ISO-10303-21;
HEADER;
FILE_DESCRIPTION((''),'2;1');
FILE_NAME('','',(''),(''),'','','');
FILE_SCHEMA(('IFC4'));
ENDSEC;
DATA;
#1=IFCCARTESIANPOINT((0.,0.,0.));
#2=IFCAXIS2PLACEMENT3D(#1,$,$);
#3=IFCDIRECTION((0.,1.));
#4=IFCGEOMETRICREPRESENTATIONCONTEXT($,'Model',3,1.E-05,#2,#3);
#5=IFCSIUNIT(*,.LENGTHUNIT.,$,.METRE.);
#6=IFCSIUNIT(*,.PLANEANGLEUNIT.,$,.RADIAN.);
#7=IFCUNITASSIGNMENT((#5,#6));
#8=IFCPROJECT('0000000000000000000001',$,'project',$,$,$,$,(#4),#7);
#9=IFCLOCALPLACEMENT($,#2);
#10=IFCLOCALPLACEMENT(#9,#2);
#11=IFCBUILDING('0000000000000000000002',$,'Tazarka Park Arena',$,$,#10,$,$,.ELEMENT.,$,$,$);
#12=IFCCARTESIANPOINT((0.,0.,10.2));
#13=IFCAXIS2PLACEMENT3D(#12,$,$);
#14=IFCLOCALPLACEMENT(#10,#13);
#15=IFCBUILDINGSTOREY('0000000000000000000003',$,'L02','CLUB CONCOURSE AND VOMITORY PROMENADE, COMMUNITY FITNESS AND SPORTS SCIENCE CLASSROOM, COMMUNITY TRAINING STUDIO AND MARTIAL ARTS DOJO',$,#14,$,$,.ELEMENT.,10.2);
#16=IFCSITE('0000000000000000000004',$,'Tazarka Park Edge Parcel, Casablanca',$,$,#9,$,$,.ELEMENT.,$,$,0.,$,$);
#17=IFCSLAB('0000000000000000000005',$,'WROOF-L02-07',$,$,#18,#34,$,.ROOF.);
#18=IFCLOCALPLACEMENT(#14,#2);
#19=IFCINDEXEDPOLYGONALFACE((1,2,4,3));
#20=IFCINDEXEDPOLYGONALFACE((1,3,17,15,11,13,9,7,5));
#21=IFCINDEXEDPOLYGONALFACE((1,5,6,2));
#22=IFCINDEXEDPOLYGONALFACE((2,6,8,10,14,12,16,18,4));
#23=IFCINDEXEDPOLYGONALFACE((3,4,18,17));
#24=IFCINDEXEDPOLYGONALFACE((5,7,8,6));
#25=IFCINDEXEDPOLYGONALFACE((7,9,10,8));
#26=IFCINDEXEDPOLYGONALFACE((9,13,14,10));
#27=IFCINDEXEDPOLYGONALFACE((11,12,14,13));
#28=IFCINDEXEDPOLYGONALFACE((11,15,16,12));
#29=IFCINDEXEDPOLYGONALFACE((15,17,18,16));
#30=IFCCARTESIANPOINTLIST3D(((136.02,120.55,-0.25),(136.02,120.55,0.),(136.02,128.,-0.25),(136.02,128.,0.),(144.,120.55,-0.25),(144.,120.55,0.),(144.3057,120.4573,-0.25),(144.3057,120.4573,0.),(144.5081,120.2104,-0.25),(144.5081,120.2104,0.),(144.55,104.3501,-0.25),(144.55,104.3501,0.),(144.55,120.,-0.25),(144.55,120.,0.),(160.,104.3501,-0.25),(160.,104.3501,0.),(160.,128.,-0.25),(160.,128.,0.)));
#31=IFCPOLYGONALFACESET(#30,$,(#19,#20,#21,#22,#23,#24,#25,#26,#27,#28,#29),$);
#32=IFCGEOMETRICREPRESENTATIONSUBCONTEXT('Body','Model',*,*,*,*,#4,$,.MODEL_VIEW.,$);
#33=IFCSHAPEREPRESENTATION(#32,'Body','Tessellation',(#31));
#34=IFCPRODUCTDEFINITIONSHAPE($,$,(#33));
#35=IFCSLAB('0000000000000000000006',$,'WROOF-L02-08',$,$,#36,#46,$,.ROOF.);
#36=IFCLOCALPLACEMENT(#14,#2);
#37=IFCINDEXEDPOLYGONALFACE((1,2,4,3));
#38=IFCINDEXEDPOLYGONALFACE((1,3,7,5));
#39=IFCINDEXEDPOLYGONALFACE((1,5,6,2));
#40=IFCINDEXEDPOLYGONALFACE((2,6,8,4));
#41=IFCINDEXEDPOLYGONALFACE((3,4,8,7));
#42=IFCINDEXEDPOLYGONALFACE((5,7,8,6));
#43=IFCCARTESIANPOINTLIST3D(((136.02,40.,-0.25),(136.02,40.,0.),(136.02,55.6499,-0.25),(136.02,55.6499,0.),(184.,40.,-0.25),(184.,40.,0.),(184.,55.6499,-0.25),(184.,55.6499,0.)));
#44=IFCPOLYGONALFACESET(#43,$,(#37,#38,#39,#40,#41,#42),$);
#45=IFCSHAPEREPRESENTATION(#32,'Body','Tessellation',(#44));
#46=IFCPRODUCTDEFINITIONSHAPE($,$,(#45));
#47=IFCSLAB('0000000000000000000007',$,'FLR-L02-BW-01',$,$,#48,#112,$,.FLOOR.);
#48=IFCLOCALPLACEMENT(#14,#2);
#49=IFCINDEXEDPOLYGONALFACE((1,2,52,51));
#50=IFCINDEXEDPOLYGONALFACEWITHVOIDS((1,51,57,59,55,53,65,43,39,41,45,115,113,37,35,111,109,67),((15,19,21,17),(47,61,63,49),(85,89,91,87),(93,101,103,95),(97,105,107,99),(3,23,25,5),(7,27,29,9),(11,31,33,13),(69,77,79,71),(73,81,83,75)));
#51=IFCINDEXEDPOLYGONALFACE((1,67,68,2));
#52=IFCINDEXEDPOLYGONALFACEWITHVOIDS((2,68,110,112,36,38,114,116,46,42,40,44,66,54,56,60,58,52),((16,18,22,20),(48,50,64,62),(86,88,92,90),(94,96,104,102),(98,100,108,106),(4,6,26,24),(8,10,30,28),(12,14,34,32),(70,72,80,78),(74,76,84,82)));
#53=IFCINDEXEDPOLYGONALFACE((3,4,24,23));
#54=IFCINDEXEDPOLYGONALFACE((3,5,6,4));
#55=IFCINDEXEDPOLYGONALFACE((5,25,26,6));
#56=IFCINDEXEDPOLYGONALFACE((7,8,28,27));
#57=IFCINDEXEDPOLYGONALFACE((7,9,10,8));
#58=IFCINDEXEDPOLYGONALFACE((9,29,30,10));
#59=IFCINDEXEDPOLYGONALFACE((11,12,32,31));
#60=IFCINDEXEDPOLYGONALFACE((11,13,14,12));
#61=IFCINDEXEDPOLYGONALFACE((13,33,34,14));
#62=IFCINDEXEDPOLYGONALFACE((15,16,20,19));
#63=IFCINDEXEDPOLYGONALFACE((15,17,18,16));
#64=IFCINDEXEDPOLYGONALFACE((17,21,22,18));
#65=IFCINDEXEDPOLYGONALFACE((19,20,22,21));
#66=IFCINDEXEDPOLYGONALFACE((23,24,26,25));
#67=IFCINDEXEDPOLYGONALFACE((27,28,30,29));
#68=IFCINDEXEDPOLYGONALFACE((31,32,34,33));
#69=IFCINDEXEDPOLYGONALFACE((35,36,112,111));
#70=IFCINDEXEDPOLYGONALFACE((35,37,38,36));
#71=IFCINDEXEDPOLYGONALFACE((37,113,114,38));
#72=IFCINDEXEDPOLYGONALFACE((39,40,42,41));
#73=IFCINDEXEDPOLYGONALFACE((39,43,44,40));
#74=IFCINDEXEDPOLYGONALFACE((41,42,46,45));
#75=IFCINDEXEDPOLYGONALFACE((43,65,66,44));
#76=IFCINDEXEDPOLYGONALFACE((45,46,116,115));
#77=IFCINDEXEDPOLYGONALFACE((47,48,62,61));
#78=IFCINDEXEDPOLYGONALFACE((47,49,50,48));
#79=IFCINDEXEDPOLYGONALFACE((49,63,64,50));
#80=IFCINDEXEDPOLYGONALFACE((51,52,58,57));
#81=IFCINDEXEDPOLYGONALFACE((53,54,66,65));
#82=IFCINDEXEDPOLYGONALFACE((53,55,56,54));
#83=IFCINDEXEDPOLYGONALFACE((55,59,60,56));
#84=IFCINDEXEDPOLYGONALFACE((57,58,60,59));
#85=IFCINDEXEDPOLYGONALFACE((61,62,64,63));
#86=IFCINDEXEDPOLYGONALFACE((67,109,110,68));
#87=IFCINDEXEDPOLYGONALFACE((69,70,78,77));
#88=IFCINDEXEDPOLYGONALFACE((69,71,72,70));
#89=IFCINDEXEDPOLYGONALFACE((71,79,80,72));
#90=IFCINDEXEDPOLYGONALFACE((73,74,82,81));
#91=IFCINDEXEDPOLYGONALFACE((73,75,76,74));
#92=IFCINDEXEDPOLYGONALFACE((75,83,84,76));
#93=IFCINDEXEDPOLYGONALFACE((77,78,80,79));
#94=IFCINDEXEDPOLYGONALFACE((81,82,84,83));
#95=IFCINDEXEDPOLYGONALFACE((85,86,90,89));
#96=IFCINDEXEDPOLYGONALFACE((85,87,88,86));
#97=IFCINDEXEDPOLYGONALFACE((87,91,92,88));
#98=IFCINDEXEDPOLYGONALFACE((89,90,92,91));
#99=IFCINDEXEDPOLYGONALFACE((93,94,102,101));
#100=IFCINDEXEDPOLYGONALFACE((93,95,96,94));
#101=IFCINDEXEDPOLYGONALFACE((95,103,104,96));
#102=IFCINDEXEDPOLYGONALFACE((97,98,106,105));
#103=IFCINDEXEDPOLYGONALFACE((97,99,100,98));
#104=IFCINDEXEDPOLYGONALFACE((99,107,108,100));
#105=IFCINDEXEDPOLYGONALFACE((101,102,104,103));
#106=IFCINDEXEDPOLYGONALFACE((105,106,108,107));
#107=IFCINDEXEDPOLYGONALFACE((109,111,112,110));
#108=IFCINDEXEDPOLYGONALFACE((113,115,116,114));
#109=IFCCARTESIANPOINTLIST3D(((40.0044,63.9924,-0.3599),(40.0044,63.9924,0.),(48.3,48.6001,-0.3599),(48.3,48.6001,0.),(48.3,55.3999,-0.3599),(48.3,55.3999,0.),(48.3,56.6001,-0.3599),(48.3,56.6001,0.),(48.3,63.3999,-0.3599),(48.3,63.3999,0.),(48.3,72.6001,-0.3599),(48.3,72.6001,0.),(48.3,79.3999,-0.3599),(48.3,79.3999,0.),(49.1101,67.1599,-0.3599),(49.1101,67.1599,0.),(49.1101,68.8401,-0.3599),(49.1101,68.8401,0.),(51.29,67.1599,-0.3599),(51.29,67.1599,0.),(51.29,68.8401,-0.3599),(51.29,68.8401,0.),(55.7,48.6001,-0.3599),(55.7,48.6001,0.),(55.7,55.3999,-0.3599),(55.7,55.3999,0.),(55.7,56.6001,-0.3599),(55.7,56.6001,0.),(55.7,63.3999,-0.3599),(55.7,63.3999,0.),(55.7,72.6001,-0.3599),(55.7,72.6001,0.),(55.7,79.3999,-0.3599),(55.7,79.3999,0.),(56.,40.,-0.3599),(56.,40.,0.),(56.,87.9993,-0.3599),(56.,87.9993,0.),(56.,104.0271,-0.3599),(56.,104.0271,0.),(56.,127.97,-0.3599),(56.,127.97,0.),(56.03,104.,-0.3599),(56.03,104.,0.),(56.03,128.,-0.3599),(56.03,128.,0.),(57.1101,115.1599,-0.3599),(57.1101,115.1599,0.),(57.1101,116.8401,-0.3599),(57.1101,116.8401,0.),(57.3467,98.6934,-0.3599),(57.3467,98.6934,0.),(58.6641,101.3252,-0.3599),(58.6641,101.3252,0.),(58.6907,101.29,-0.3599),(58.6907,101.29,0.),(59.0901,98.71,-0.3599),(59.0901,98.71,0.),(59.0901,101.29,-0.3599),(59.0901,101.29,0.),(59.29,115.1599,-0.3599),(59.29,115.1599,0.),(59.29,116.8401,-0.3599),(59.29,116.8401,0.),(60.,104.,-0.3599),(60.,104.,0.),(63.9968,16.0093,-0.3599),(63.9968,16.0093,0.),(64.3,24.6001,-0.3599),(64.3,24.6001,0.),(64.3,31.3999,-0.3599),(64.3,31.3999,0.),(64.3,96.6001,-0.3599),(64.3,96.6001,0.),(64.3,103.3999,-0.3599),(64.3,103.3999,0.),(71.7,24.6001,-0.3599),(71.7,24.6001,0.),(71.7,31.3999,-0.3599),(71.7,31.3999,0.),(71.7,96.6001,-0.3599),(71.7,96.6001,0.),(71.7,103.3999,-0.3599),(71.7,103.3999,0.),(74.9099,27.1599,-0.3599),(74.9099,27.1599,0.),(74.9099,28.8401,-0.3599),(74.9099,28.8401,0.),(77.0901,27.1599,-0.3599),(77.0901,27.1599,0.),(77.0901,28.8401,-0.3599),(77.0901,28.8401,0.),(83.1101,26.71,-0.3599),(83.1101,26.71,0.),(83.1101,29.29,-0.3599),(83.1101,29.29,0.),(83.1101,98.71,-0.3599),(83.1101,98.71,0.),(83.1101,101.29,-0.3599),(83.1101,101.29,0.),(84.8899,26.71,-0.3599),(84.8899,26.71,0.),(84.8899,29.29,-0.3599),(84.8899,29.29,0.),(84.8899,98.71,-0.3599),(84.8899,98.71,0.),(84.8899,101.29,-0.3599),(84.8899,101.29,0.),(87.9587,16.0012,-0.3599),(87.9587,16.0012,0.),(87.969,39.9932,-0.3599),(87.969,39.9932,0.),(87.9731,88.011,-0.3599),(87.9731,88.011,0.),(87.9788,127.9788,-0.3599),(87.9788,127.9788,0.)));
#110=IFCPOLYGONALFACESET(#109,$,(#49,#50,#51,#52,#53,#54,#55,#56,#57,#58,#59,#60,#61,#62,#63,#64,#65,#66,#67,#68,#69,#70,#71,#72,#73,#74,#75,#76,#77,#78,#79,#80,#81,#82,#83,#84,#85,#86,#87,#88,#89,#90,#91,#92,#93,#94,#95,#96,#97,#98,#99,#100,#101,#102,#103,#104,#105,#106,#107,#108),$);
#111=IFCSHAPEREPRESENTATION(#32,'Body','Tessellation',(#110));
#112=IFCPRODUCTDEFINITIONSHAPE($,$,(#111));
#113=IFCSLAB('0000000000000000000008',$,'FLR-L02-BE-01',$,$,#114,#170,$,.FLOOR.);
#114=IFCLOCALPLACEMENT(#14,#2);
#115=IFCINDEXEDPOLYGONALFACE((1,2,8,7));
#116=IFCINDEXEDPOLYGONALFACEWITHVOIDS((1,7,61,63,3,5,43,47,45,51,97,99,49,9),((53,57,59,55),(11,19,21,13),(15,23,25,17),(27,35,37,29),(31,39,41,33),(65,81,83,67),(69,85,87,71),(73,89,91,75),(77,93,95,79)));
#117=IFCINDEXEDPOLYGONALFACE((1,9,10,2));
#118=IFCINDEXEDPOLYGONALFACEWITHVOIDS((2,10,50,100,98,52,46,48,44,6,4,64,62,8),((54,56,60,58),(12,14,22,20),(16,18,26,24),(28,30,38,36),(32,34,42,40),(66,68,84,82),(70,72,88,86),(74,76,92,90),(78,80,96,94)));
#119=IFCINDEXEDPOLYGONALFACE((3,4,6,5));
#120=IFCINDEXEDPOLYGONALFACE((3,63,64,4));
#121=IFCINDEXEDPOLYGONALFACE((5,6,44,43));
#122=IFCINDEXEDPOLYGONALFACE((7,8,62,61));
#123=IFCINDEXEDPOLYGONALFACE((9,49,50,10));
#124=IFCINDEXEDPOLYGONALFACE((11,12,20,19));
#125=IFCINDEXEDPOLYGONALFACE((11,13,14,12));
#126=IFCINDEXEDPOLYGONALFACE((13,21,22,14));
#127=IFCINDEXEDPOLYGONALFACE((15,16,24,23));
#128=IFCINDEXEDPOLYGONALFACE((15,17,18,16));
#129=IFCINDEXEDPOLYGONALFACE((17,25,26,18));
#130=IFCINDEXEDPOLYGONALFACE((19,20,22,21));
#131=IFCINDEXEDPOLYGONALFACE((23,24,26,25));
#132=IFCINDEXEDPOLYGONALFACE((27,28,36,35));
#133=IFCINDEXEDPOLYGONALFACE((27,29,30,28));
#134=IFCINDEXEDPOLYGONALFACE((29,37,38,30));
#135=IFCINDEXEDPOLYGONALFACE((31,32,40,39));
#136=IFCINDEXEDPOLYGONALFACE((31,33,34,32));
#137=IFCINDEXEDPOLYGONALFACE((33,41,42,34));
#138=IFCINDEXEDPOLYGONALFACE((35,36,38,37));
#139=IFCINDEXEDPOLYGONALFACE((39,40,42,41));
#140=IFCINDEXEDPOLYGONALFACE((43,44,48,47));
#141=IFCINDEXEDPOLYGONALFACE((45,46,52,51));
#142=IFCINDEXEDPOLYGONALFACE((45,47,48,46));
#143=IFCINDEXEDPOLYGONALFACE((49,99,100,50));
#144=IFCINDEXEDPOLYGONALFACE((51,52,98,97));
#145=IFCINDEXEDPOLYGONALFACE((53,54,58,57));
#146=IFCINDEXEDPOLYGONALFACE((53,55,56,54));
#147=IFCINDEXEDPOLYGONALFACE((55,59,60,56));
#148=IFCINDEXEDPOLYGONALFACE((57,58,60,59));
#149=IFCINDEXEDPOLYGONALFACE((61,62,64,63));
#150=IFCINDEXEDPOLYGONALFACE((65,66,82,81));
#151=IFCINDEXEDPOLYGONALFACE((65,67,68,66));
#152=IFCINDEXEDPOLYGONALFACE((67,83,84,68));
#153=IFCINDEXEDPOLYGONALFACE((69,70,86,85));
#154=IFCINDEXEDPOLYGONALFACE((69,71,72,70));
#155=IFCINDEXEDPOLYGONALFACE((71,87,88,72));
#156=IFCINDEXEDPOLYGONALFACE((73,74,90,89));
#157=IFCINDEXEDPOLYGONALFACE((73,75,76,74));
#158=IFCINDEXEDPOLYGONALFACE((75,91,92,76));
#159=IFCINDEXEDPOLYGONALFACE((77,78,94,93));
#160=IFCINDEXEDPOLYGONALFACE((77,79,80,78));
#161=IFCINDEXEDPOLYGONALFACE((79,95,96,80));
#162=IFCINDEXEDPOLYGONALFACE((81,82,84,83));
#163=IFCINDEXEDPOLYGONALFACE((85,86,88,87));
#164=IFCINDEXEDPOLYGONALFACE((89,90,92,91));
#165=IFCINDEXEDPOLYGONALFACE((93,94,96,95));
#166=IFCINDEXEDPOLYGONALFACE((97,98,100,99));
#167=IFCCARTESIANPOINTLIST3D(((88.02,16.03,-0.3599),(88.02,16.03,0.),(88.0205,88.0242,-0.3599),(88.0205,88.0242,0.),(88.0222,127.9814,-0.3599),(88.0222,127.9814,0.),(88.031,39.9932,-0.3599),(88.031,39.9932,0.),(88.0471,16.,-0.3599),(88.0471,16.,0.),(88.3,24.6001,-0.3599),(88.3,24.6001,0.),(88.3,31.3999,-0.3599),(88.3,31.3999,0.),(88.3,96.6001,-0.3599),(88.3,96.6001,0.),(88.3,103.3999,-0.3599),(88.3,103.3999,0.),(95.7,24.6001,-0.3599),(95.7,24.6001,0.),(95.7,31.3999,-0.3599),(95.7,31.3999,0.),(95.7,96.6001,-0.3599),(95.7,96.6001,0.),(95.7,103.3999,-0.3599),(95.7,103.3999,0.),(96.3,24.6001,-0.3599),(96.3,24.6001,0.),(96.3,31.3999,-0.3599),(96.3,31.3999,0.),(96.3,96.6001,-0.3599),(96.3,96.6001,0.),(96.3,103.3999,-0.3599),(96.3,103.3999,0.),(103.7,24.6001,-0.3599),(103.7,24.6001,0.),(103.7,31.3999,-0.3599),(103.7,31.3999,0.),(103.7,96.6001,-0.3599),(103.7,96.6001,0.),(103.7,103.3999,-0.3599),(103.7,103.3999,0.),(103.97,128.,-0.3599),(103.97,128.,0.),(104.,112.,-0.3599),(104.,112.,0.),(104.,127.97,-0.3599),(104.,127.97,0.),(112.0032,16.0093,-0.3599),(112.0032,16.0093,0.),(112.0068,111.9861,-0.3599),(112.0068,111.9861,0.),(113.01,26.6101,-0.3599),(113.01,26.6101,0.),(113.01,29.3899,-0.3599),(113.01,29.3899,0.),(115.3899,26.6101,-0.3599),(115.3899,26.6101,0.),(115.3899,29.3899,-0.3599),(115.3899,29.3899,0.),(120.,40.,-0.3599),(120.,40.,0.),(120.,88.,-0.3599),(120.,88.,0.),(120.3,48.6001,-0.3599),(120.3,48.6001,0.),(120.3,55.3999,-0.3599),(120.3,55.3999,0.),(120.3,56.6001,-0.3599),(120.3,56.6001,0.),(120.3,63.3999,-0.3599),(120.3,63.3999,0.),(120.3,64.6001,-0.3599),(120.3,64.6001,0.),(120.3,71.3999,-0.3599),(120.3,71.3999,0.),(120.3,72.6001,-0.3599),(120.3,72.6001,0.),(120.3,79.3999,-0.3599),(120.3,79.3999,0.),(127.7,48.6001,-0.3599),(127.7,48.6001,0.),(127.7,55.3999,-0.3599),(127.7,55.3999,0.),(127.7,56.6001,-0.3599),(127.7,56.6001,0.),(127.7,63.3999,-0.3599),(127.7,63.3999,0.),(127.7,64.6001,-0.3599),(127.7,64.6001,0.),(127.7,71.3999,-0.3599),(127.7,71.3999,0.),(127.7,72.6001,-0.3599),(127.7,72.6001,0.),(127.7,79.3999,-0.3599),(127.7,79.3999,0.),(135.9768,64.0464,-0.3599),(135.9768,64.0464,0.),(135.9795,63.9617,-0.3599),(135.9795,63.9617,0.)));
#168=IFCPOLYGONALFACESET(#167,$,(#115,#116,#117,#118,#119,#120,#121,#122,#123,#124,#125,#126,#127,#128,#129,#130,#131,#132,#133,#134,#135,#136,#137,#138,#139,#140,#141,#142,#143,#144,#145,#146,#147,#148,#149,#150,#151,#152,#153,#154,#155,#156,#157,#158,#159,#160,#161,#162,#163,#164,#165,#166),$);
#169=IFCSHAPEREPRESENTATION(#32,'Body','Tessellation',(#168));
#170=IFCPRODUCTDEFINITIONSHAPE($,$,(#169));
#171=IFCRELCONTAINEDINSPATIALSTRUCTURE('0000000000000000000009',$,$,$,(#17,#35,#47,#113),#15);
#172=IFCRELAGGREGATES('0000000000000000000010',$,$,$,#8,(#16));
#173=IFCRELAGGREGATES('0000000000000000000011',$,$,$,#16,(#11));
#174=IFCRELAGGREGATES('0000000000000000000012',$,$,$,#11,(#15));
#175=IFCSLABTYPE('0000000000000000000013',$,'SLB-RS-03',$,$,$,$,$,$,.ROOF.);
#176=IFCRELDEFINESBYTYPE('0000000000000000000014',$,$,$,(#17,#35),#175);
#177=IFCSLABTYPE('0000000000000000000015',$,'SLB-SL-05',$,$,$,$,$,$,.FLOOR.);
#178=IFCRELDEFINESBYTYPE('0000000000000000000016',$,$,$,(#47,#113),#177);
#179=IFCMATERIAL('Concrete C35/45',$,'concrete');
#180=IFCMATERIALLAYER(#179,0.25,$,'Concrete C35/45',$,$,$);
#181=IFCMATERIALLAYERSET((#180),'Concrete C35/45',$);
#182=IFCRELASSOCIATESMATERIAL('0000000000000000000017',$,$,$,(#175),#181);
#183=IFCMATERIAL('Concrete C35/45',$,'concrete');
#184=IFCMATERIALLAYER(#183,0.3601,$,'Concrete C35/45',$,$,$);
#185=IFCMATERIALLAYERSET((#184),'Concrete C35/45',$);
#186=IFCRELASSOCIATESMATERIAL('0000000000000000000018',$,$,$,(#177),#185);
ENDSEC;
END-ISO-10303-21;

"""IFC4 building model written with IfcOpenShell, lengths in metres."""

from ifc_helpers import new_model, si_unit, direction, frame, origin, place, context, subcontext, project, spatial, polyline, outline, extrude, material, layer, layer_set, type_object, element, save


model = new_model("IFC4")

# Units and contexts
model_context = context("Model", 3, precision=1e-05, world=origin(), true_north=direction((0.0, 1.0)))
body_context = subcontext(model_context, "Body", "Model", "MODEL_VIEW")
ifc_project = project(units=[si_unit("LENGTHUNIT", "METRE"), si_unit("PLANEANGLEUNIT", "RADIAN")], contexts=[model_context])

# Site, building, storey
site_placement = place(None, origin())
site = spatial("IfcSite", under=ifc_project, at=site_placement, Name="Tazarka Park Edge Parcel, Casablanca", CompositionType="ELEMENT", RefElevation=0.0)
building_placement = place(site_placement, origin())
building = spatial("IfcBuilding", under=site, at=building_placement, Name="Tazarka Park Arena", CompositionType="ELEMENT")
storey_placement = place(building_placement, frame((0.0, 0.0, 10.2)))
storey = spatial("IfcBuildingStorey", under=building, at=storey_placement, Name="L02", Description="CLUB CONCOURSE AND VOMITORY PROMENADE, COMMUNITY FITNESS AND SPORTS SCIENCE CLASSROOM, COMMUNITY TRAINING STUDIO AND MARTIAL ARTS DOJO", CompositionType="ELEMENT", Elevation=10.2)

# Shared definitions
ifc_material_1 = material(Name="Concrete C35/45", Category="concrete")
ifc_layer_1 = layer(ifc_material_1, 0.25, Name="Concrete C35/45")
ifc_layer_set_1 = layer_set([ifc_layer_1], Name="Concrete C35/45")
slab_type_1 = type_object("IfcSlabType", Name="SLB-RS-03", PredefinedType="ROOF", material=ifc_layer_set_1)

# Slabs
slab_1_placement = place(storey_placement, frame((0.0, 0.0, -0.25)))
element("IfcSlab", 1, at=slab_1_placement, inside=storey, type_object=slab_type_1, Name="WROOF-L02-07", PredefinedType="ROOF", context=body_context, shape_type="SweptSolid", body=[
    extrude(outline(polyline([(160.0, 128.0), (160.0, 104.3501), (144.55, 104.3501), (144.55, 120.0), (144.5081, 120.2104), (144.3057, 120.4573), (144.0, 120.55), (136.02, 120.55), (136.02, 128.0), (160.0, 128.0)])), origin(), (0.0, 0.0, 1.0), 0.25),
])
slab_2_placement = place(storey_placement, frame((0.0, 0.0, -0.25)))
element("IfcSlab", 2, at=slab_2_placement, inside=storey, type_object=slab_type_1, Name="WROOF-L02-08", PredefinedType="ROOF", context=body_context, shape_type="SweptSolid", body=[
    extrude(outline(polyline([(184.0, 55.6499), (184.0, 40.0), (136.02, 40.0), (136.02, 55.6499), (184.0, 55.6499)])), origin(), (0.0, 0.0, 1.0), 0.25),
])
ifc_material_2 = material(Name="Concrete C35/45", Category="concrete")
ifc_layer_2 = layer(ifc_material_2, 0.3601, Name="Concrete C35/45")
ifc_layer_set_2 = layer_set([ifc_layer_2], Name="Concrete C35/45")
slab_type_2 = type_object("IfcSlabType", Name="SLB-SL-05", PredefinedType="FLOOR", material=ifc_layer_set_2)
slab_3_placement = place(storey_placement, frame((0.0, 0.0, -0.3599)))
element("IfcSlab", 3, at=slab_3_placement, inside=storey, type_object=slab_type_2, Name="FLR-L02-BW-01", PredefinedType="FLOOR", context=body_context, shape_type="SweptSolid", body=[
    extrude(outline(polyline([(56.0, 127.97), (56.03, 128.0), (87.9788, 127.9788), (87.9731, 88.011), (56.0, 87.9993), (56.0, 40.0), (87.969, 39.9932), (87.9587, 16.0012), (63.9968, 16.0093), (40.0044, 63.9924), (57.3467, 98.6934), (59.0901, 98.71), (59.0901, 101.29), (58.6907, 101.29), (58.6641, 101.3252), (60.0, 104.0), (56.03, 104.0), (56.0, 104.0271), (56.0, 127.97)]), holes=[polyline([(83.1101, 26.71), (84.8899, 26.71), (84.8899, 29.29), (83.1101, 29.29), (83.1101, 26.71)]), polyline([(83.1101, 98.71), (84.8899, 98.71), (84.8899, 101.29), (83.1101, 101.29), (83.1101, 98.71)]), polyline([(74.9099, 27.1599), (77.0901, 27.1599), (77.0901, 28.8401), (74.9099, 28.8401), (74.9099, 27.1599)]), polyline([(64.3, 24.6001), (71.7, 24.6001), (71.7, 31.3999), (64.3, 31.3999), (64.3, 24.6001)]), polyline([(64.3, 96.6001), (71.7, 96.6001), (71.7, 103.3999), (64.3, 103.3999), (64.3, 96.6001)]), polyline([(57.1101, 115.1599), (59.29, 115.1599), (59.29, 116.8401), (57.1101, 116.8401), (57.1101, 115.1599)]), polyline([(48.3, 72.6001), (55.7, 72.6001), (55.7, 79.3999), (48.3, 79.3999), (48.3, 72.6001)]), polyline([(48.3, 48.6001), (55.7, 48.6001), (55.7, 55.3999), (48.3, 55.3999), (48.3, 48.6001)]), polyline([(48.3, 56.6001), (55.7, 56.6001), (55.7, 63.3999), (48.3, 63.3999), (48.3, 56.6001)]), polyline([(49.1101, 67.1599), (51.29, 67.1599), (51.29, 68.8401), (49.1101, 68.8401), (49.1101, 67.1599)])]), origin(), (0.0, 0.0, 1.0), 0.3599),
])
slab_4_placement = place(storey_placement, frame((0.0, 0.0, -0.3599)))
element("IfcSlab", 4, at=slab_4_placement, inside=storey, type_object=slab_type_2, Name="FLR-L02-BE-01", PredefinedType="FLOOR", context=body_context, shape_type="SweptSolid", body=[
    extrude(outline(polyline([(103.97, 128.0), (104.0, 127.97), (104.0, 112.0), (112.0068, 111.9861), (135.9768, 64.0464), (135.9795, 63.9617), (112.0032, 16.0093), (88.0471, 16.0), (88.02, 16.03), (88.031, 39.9932), (120.0, 40.0), (120.0, 88.0), (88.0205, 88.0242), (88.0222, 127.9814), (103.97, 128.0)]), holes=[polyline([(120.3, 48.6001), (127.7, 48.6001), (127.7, 55.3999), (120.3, 55.3999), (120.3, 48.6001)]), polyline([(120.3, 56.6001), (127.7, 56.6001), (127.7, 63.3999), (120.3, 63.3999), (120.3, 56.6001)]), polyline([(120.3, 64.6001), (127.7, 64.6001), (127.7, 71.3999), (120.3, 71.3999), (120.3, 64.6001)]), polyline([(120.3, 72.6001), (127.7, 72.6001), (127.7, 79.3999), (120.3, 79.3999), (120.3, 72.6001)]), polyline([(113.01, 26.6101), (115.3899, 26.6101), (115.3899, 29.3899), (113.01, 29.3899), (113.01, 26.6101)]), polyline([(96.3, 24.6001), (103.7, 24.6001), (103.7, 31.3999), (96.3, 31.3999), (96.3, 24.6001)]), polyline([(96.3, 96.6001), (103.7, 96.6001), (103.7, 103.3999), (96.3, 103.3999), (96.3, 96.6001)]), polyline([(88.3, 24.6001), (95.7, 24.6001), (95.7, 31.3999), (88.3, 31.3999), (88.3, 24.6001)]), polyline([(88.3, 96.6001), (95.7, 96.6001), (95.7, 103.3999), (88.3, 103.3999), (88.3, 96.6001)])]), origin(), (0.0, 0.0, 1.0), 0.3599),
])

save(model, "model.ifc")
